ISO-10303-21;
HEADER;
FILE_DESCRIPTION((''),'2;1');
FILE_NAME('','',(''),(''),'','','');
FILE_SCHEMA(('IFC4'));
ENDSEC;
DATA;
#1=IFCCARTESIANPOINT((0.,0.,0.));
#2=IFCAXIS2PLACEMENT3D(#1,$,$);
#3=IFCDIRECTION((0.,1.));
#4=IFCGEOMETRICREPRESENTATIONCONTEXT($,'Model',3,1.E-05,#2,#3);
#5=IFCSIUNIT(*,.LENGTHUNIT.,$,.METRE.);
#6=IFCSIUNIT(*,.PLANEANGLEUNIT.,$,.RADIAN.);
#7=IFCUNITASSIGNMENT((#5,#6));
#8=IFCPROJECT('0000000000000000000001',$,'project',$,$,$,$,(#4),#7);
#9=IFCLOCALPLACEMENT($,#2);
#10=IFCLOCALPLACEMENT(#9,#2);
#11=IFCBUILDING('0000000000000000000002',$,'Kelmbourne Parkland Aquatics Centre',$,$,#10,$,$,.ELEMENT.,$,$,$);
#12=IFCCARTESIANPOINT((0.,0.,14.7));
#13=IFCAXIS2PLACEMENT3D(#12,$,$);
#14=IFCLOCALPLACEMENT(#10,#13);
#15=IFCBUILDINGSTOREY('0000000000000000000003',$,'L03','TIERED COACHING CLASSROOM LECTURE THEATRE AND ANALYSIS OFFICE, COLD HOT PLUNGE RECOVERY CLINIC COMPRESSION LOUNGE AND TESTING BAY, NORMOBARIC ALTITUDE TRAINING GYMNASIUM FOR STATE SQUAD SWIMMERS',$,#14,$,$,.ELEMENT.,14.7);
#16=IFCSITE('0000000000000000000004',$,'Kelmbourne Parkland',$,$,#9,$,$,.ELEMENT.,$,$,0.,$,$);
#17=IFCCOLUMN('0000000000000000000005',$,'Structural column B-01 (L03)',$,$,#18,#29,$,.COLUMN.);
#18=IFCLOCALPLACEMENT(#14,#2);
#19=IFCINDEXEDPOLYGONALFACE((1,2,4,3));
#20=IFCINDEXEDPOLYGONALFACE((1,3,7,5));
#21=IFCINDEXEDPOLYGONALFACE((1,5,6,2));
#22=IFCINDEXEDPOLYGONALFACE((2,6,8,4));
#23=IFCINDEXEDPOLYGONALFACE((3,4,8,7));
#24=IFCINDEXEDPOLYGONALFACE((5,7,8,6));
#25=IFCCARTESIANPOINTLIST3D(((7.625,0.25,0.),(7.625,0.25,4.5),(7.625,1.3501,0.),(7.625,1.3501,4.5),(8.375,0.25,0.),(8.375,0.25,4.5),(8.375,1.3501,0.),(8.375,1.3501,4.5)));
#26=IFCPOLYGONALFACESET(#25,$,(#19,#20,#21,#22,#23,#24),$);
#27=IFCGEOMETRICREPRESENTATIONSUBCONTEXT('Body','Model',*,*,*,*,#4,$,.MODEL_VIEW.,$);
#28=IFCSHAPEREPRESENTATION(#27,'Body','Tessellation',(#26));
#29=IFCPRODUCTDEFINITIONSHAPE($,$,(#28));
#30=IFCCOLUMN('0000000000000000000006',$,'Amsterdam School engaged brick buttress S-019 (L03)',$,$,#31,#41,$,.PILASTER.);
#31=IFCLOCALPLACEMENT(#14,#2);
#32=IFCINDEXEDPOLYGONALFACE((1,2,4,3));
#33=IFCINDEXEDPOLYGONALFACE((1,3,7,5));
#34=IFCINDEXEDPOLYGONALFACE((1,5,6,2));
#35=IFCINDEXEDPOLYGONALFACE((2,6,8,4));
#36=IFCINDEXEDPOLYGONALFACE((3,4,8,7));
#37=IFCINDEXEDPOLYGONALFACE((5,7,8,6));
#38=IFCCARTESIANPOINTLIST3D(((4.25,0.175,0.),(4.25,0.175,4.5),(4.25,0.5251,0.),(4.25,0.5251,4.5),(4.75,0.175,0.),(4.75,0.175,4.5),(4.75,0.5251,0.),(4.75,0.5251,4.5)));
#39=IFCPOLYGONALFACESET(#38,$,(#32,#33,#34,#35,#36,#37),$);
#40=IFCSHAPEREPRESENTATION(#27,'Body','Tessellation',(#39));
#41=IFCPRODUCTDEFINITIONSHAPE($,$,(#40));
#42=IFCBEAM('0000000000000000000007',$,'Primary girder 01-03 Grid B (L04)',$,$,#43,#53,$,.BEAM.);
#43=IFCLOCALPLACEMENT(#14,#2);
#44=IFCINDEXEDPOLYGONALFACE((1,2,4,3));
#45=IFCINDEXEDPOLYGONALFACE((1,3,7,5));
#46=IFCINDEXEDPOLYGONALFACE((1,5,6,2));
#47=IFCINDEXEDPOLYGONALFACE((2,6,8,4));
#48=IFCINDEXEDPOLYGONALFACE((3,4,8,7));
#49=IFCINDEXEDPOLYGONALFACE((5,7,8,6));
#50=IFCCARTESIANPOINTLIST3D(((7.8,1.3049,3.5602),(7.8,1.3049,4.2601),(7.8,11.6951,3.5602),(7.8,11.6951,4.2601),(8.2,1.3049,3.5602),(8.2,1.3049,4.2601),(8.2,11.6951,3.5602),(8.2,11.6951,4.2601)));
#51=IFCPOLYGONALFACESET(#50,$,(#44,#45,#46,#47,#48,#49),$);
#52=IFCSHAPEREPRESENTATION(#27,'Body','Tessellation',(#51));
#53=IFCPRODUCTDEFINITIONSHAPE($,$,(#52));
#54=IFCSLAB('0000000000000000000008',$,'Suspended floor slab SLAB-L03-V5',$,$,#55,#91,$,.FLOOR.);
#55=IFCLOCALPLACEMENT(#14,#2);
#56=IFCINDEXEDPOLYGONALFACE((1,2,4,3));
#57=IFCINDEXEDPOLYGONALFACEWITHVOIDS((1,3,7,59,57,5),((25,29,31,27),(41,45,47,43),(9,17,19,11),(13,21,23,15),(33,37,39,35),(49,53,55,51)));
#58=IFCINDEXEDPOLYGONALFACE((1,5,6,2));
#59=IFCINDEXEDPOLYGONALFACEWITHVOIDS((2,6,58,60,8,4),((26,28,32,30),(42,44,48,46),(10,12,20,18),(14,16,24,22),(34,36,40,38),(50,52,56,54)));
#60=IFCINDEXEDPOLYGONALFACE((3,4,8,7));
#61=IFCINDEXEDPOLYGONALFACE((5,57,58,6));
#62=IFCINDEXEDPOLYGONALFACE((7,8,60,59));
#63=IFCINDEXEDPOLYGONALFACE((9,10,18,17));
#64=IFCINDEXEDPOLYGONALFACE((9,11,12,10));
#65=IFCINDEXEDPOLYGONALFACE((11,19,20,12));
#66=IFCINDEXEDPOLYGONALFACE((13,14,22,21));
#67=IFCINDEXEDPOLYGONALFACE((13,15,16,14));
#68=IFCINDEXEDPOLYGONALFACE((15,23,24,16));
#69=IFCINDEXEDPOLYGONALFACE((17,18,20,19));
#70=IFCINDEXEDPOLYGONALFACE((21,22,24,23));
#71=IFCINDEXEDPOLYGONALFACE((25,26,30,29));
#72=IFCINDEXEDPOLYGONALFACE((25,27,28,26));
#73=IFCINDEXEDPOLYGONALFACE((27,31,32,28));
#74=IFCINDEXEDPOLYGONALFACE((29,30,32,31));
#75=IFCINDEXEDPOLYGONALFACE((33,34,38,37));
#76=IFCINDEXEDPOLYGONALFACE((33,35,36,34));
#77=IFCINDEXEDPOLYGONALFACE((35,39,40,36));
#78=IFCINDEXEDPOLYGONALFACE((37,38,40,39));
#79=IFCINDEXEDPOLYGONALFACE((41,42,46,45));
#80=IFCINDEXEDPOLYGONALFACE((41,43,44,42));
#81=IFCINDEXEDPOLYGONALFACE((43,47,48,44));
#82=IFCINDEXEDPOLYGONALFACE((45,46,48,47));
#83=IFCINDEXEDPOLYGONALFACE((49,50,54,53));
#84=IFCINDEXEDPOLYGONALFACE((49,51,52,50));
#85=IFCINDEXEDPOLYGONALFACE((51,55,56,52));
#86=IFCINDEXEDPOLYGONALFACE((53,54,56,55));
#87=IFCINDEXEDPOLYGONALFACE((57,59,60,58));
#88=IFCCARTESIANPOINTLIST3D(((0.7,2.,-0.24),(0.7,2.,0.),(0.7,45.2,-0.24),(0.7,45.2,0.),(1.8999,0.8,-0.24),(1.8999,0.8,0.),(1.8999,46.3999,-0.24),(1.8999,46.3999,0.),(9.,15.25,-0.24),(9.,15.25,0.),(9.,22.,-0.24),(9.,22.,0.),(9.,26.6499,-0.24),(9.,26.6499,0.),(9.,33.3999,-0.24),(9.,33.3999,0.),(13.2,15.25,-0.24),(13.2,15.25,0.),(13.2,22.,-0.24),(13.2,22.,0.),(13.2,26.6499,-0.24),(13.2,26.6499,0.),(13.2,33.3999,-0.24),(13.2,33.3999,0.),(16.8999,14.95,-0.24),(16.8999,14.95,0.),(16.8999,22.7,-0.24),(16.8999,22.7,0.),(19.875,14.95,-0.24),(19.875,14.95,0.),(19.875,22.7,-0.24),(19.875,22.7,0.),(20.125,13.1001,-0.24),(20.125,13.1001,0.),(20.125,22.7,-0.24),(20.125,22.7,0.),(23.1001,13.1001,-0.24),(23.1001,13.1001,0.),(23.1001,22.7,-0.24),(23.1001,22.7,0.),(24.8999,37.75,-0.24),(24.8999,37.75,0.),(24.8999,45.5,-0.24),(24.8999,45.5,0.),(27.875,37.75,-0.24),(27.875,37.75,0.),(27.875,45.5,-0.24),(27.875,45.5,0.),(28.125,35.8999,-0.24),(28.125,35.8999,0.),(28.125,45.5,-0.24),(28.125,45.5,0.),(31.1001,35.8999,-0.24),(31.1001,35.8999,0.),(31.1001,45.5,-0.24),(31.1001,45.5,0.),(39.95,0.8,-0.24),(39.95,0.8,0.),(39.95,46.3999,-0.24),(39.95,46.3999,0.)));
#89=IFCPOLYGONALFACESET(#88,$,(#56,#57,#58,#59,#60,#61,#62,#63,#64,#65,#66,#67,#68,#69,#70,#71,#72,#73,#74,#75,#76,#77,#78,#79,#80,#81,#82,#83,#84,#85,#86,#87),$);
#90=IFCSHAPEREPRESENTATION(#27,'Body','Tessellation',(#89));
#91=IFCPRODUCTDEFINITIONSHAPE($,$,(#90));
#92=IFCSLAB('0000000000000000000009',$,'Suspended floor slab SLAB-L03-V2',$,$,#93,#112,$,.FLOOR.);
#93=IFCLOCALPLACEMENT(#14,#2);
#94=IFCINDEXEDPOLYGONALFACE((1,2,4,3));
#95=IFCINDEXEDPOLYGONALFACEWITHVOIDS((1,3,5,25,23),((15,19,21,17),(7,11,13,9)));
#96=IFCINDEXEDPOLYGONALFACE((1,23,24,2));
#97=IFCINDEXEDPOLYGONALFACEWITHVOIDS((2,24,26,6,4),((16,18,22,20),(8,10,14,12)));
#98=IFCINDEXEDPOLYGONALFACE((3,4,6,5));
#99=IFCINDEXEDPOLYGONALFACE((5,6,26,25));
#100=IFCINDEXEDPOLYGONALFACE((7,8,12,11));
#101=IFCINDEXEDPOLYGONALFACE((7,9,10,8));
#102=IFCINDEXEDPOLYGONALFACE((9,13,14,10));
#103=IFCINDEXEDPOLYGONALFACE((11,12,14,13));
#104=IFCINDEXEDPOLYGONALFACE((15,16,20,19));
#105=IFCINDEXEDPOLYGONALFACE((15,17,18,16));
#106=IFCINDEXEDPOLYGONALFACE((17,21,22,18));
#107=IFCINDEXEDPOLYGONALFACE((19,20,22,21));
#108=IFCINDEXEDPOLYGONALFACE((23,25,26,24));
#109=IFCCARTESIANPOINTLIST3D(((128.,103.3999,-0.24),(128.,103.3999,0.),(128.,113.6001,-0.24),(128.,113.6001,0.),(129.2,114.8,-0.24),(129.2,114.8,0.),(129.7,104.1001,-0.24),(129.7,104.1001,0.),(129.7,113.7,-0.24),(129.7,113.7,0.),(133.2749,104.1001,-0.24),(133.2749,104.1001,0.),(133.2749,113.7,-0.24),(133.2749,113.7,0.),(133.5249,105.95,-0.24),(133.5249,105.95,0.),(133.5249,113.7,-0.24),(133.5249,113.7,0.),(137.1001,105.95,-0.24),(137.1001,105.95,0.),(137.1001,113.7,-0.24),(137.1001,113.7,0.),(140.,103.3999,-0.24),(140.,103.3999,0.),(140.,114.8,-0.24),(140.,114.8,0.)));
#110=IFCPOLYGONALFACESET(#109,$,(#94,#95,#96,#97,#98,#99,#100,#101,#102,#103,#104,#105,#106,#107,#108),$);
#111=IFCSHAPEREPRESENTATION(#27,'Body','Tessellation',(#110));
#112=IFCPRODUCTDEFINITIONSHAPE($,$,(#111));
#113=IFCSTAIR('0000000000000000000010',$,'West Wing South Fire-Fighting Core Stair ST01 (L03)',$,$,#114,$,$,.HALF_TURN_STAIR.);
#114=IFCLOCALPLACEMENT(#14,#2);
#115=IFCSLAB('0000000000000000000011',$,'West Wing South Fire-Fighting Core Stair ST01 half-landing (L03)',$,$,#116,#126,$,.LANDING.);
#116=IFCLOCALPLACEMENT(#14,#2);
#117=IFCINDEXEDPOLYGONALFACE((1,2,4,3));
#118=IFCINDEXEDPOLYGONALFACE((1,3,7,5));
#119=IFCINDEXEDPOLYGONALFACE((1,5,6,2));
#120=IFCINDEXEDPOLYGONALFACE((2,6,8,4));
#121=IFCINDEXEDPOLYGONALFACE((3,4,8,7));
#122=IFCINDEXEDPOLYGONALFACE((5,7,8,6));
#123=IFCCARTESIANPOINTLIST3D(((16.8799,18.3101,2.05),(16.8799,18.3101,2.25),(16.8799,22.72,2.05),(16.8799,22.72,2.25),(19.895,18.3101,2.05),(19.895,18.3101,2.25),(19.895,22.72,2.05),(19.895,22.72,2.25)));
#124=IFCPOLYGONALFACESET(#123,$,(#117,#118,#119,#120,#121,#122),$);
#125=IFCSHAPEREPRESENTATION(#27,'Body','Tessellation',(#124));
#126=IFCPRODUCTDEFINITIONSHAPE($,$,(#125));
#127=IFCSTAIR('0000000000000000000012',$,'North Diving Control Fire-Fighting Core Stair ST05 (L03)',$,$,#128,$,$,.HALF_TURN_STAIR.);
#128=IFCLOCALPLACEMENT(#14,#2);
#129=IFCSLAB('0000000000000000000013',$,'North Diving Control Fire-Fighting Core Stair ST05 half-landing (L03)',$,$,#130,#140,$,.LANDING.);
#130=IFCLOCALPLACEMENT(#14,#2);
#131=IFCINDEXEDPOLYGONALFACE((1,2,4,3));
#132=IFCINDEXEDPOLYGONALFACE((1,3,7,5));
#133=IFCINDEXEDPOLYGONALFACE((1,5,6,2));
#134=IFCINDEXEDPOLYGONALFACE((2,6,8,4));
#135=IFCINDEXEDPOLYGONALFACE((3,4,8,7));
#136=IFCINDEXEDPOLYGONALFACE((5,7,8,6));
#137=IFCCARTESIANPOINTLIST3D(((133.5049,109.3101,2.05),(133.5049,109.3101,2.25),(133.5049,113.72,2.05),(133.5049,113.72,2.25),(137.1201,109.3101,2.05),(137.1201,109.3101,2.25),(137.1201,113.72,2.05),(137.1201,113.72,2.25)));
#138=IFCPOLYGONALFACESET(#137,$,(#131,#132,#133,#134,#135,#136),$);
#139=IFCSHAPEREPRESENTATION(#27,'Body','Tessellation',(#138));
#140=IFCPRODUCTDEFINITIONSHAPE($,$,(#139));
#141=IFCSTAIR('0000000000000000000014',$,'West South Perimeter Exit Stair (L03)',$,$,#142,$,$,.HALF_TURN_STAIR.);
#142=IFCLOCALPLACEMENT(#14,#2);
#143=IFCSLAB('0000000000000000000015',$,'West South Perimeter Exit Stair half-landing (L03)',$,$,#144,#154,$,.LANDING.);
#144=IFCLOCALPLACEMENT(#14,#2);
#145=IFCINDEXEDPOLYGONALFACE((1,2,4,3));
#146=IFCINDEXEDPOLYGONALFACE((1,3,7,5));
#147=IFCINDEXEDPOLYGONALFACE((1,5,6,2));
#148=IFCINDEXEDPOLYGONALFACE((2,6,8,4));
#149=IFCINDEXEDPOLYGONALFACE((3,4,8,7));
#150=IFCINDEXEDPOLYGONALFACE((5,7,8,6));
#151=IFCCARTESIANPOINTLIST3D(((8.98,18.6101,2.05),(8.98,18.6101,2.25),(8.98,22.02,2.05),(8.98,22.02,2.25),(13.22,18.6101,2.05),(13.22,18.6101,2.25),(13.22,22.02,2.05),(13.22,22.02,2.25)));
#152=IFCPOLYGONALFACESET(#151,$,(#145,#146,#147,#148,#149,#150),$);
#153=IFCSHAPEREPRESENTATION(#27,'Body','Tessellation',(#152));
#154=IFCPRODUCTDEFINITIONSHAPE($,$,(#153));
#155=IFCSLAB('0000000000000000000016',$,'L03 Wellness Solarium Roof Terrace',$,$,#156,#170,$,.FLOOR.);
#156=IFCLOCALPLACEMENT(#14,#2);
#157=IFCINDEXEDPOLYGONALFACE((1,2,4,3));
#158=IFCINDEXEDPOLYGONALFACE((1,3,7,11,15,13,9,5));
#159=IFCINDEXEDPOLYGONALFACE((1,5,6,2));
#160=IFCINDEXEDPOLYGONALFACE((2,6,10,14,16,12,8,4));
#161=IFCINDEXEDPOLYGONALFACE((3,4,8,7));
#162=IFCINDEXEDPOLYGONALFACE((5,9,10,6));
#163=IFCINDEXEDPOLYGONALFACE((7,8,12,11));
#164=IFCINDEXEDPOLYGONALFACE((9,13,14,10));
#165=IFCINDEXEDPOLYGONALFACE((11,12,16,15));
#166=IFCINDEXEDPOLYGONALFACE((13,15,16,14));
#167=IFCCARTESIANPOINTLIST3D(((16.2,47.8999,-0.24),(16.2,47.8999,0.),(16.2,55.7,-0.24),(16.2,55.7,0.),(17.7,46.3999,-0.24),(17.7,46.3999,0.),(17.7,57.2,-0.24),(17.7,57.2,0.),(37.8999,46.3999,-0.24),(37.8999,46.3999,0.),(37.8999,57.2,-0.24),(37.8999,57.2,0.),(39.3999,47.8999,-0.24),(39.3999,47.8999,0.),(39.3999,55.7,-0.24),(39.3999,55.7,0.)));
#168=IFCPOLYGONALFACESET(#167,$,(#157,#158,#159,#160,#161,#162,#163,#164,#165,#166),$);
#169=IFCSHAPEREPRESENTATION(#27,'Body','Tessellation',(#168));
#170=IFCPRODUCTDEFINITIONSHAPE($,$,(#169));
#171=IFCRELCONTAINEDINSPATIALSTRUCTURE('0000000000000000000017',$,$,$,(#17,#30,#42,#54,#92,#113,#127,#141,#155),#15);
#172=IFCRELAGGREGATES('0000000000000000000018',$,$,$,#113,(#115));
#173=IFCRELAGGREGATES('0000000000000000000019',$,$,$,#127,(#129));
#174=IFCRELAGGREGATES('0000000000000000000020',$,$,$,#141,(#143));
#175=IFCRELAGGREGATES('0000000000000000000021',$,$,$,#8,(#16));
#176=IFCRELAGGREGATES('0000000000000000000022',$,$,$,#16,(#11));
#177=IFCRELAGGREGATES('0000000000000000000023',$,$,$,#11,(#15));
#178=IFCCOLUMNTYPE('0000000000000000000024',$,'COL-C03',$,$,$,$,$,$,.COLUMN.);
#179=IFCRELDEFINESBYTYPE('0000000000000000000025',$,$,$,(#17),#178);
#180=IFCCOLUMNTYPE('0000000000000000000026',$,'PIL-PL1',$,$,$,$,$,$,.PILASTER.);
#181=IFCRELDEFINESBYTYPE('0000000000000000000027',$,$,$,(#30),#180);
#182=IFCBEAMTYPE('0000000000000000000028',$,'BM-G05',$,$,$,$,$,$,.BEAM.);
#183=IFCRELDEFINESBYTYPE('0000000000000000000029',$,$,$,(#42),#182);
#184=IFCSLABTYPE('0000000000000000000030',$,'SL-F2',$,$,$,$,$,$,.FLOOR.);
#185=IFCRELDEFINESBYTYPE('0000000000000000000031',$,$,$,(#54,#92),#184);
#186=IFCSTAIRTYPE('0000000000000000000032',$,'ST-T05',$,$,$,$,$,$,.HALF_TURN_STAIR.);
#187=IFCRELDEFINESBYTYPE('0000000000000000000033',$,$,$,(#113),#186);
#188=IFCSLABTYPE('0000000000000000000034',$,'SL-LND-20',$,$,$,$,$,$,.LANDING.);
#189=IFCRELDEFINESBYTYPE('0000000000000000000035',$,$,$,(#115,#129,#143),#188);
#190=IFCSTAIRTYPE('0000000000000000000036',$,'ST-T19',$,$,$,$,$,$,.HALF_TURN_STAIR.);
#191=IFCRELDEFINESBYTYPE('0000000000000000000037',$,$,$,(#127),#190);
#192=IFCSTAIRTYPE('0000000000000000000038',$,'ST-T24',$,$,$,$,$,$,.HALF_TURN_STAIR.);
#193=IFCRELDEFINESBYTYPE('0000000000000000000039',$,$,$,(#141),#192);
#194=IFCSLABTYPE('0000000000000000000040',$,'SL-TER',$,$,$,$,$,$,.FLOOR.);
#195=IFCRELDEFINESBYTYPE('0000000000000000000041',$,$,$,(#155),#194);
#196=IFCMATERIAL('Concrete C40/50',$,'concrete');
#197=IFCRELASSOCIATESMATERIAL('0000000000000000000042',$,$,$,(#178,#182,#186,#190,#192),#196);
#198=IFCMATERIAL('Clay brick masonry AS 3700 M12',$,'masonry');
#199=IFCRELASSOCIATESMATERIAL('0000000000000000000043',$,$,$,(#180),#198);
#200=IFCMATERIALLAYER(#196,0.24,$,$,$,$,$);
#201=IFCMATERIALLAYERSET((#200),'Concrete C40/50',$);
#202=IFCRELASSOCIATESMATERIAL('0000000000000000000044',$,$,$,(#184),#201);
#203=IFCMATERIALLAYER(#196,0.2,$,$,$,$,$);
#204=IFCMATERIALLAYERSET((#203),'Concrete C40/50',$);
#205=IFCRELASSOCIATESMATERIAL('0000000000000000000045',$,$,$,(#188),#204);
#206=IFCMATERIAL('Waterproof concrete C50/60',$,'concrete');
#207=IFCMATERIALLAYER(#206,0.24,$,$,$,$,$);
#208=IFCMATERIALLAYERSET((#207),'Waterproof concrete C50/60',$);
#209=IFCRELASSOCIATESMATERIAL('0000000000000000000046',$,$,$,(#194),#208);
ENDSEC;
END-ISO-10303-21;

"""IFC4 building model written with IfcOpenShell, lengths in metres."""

from ifc_helpers import new_model, si_unit, direction, frame, origin, origin_2d, place, context, subcontext, project, spatial, polyline, rectangle, outline, extrude, material, layer, layer_set, material_profile, profile_set, type_object, element, aggregate, save


model = new_model("IFC4")

# Units and contexts
model_context = context("Model", 3, precision=1e-05, world=origin(), true_north=direction((0.0, 1.0)))
body_context = subcontext(model_context, "Body", "Model", "MODEL_VIEW")
ifc_project = project(units=[si_unit("LENGTHUNIT", "METRE"), si_unit("PLANEANGLEUNIT", "RADIAN")], contexts=[model_context])

# Site, building, storey
site_placement = place(None, origin())
site = spatial("IfcSite", under=ifc_project, at=site_placement, Name="Kelmbourne Parkland", CompositionType="ELEMENT", RefElevation=0.0)
building_placement = place(site_placement, origin())
building = spatial("IfcBuilding", under=site, at=building_placement, Name="Kelmbourne Parkland Aquatics Centre", CompositionType="ELEMENT")
storey_placement = place(building_placement, frame((0.0, 0.0, 14.7)))
storey = spatial("IfcBuildingStorey", under=building, at=storey_placement, Name="L03", Description="TIERED COACHING CLASSROOM LECTURE THEATRE AND ANALYSIS OFFICE, COLD HOT PLUNGE RECOVERY CLINIC COMPRESSION LOUNGE AND TESTING BAY, NORMOBARIC ALTITUDE TRAINING GYMNASIUM FOR STATE SQUAD SWIMMERS", CompositionType="ELEMENT", Elevation=14.7)

# Columns
ifc_material_1 = material(Name="Concrete C40/50", Category="concrete")
ifc_material_profile_1 = material_profile(ifc_material_1, rectangle(XDim=0.75, YDim=1.1001, at=origin_2d()), Name="RC 750x1100")
ifc_profile_set_1 = profile_set([ifc_material_profile_1], Name="Concrete C40/50")
column_type_1 = type_object("IfcColumnType", Name="COL-C03", PredefinedType="COLUMN", material=ifc_profile_set_1)
column_1_placement = place(storey_placement, frame((8.0, 0.8, 0.0), z_axis=(0.0, 0.0, 1.0), x_axis=(1.0, 0.0, 0.0)))
element("IfcColumn", 1, at=column_1_placement, inside=storey, type_object=column_type_1, Name="Structural column B-01 (L03)", PredefinedType="COLUMN", context=body_context, shape_type="SweptSolid", body=[
    extrude(rectangle(XDim=0.75, YDim=1.1001, at=origin_2d()), origin(), (0.0, 0.0, 1.0), 4.5),
])
ifc_material_2 = material(Name="Clay brick masonry AS 3700 M12", Category="masonry")
ifc_material_profile_2 = material_profile(ifc_material_2, rectangle(XDim=0.3501, YDim=0.5, at=origin_2d()), Name="PIL 350x500")
ifc_profile_set_2 = profile_set([ifc_material_profile_2], Name="Clay brick masonry AS 3700 M12")
column_type_2 = type_object("IfcColumnType", Name="PIL-PL1", PredefinedType="PILASTER", material=ifc_profile_set_2)
column_2_placement = place(storey_placement, frame((4.5, 0.3501, 0.0), z_axis=(0.0, 0.0, 1.0), x_axis=(0.0, 1.0, 0.0)))
element("IfcColumn", 2, at=column_2_placement, inside=storey, type_object=column_type_2, Name="Amsterdam School engaged brick buttress S-019 (L03)", PredefinedType="PILASTER", context=body_context, shape_type="SweptSolid", body=[
    extrude(rectangle(XDim=0.3501, YDim=0.5, at=origin_2d()), origin(), (0.0, 0.0, 1.0), 4.5),
])

# Beam
ifc_material_profile_3 = material_profile(ifc_material_1, rectangle(XDim=0.3999, YDim=0.7, at=origin_2d()), Name="RC 400x700")
ifc_profile_set_3 = profile_set([ifc_material_profile_3], Name="Concrete C40/50")
beam_type = type_object("IfcBeamType", Name="BM-G05", PredefinedType="BEAM", material=ifc_profile_set_3)
beam_placement = place(storey_placement, frame((8.0, 1.3049, 3.9102), z_axis=(0.0, 1.0, 0.0), x_axis=(-1.0, 0.0, 0.0)))
element("IfcBeam", 3, at=beam_placement, inside=storey, type_object=beam_type, Name="Primary girder 01-03 Grid B (L04)", PredefinedType="BEAM", context=body_context, shape_type="SweptSolid", body=[
    extrude(rectangle(XDim=0.3999, YDim=0.7, at=origin_2d()), origin(), (0.0, 0.0, 1.0), 10.3901),
])

# Slabs
ifc_layer_1 = layer(ifc_material_1, 0.24)
ifc_layer_set_1 = layer_set([ifc_layer_1], Name="Concrete C40/50")
slab_type_1 = type_object("IfcSlabType", Name="SL-F2", PredefinedType="FLOOR", material=ifc_layer_set_1)
slab_1_placement = place(storey_placement, frame((0.0, 0.0, -0.24)))
element("IfcSlab", 4, at=slab_1_placement, inside=storey, type_object=slab_type_1, Name="Suspended floor slab SLAB-L03-V5", PredefinedType="FLOOR", context=body_context, shape_type="SweptSolid", body=[
    extrude(outline(polyline([(39.95, 0.8), (39.95, 46.3999), (1.8999, 46.3999), (0.7, 45.2), (0.7, 2.0), (1.8999, 0.8), (39.95, 0.8)]), holes=[polyline([(20.125, 22.7), (23.1001, 22.7), (23.1001, 13.1001), (20.125, 13.1001), (20.125, 22.7)]), polyline([(13.2, 22.0), (13.2, 15.25), (9.0, 15.25), (9.0, 22.0), (13.2, 22.0)]), polyline([(19.875, 22.7), (19.875, 14.95), (16.8999, 14.95), (16.8999, 22.7), (19.875, 22.7)]), polyline([(9.0, 33.3999), (13.2, 33.3999), (13.2, 26.6499), (9.0, 26.6499), (9.0, 33.3999)]), polyline([(31.1001, 45.5), (31.1001, 35.8999), (28.125, 35.8999), (28.125, 45.5), (31.1001, 45.5)]), polyline([(27.875, 45.5), (27.875, 37.75), (24.8999, 37.75), (24.8999, 45.5), (27.875, 45.5)])]), origin(), (0.0, 0.0, 1.0), 0.24),
])
slab_2_placement = place(storey_placement, frame((0.0, 0.0, -0.24)))
element("IfcSlab", 5, at=slab_2_placement, inside=storey, type_object=slab_type_1, Name="Suspended floor slab SLAB-L03-V2", PredefinedType="FLOOR", context=body_context, shape_type="SweptSolid", body=[
    extrude(outline(polyline([(128.0, 103.3999), (140.0, 103.3999), (140.0, 114.8), (129.2, 114.8), (128.0, 113.6001), (128.0, 103.3999)]), holes=[polyline([(129.7, 104.1001), (129.7, 113.7), (133.2749, 113.7), (133.2749, 104.1001), (129.7, 104.1001)]), polyline([(133.5249, 105.95), (133.5249, 113.7), (137.1001, 113.7), (137.1001, 105.95), (133.5249, 105.95)])]), origin(), (0.0, 0.0, 1.0), 0.24),
])

# Stairs, slabs
stair_type_1 = type_object("IfcStairType", Name="ST-T05", PredefinedType="HALF_TURN_STAIR", material=ifc_material_1)
stair_1_placement = place(storey_placement, origin())
stair_1 = element("IfcStair", 6, at=stair_1_placement, inside=storey, type_object=stair_type_1, Name="West Wing South Fire-Fighting Core Stair ST01 (L03)", PredefinedType="HALF_TURN_STAIR")
ifc_layer_2 = layer(ifc_material_1, 0.2)
ifc_layer_set_2 = layer_set([ifc_layer_2], Name="Concrete C40/50")
slab_type_2 = type_object("IfcSlabType", Name="SL-LND-20", PredefinedType="LANDING", material=ifc_layer_set_2)
slab_3_placement = place(storey_placement, frame((0.0, 0.0, 2.05)))
slab_3 = element("IfcSlab", 7, at=slab_3_placement, type_object=slab_type_2, Name="West Wing South Fire-Fighting Core Stair ST01 half-landing (L03)", PredefinedType="LANDING", context=body_context, shape_type="SweptSolid", body=[
    extrude(outline(polyline([(16.8799, 18.3101), (19.895, 18.3101), (19.895, 22.72), (16.8799, 22.72), (16.8799, 18.3101)])), origin(), (0.0, 0.0, 1.0), 0.2),
])
aggregate(stair_1, [slab_3])
stair_type_2 = type_object("IfcStairType", Name="ST-T19", PredefinedType="HALF_TURN_STAIR", material=ifc_material_1)
stair_2_placement = place(storey_placement, origin())
stair_2 = element("IfcStair", 8, at=stair_2_placement, inside=storey, type_object=stair_type_2, Name="North Diving Control Fire-Fighting Core Stair ST05 (L03)", PredefinedType="HALF_TURN_STAIR")
slab_4_placement = place(storey_placement, frame((0.0, 0.0, 2.05)))
slab_4 = element("IfcSlab", 9, at=slab_4_placement, type_object=slab_type_2, Name="North Diving Control Fire-Fighting Core Stair ST05 half-landing (L03)", PredefinedType="LANDING", context=body_context, shape_type="SweptSolid", body=[
    extrude(outline(polyline([(133.5049, 109.3101), (137.1201, 109.3101), (137.1201, 113.72), (133.5049, 113.72), (133.5049, 109.3101)])), origin(), (0.0, 0.0, 1.0), 0.2),
])
aggregate(stair_2, [slab_4])
stair_type_3 = type_object("IfcStairType", Name="ST-T24", PredefinedType="HALF_TURN_STAIR", material=ifc_material_1)
stair_3_placement = place(storey_placement, origin())
stair_3 = element("IfcStair", 10, at=stair_3_placement, inside=storey, type_object=stair_type_3, Name="West South Perimeter Exit Stair (L03)", PredefinedType="HALF_TURN_STAIR")
slab_5_placement = place(storey_placement, frame((0.0, 0.0, 2.05)))
slab_5 = element("IfcSlab", 11, at=slab_5_placement, type_object=slab_type_2, Name="West South Perimeter Exit Stair half-landing (L03)", PredefinedType="LANDING", context=body_context, shape_type="SweptSolid", body=[
    extrude(outline(polyline([(8.98, 18.6101), (13.22, 18.6101), (13.22, 22.02), (8.98, 22.02), (8.98, 18.6101)])), origin(), (0.0, 0.0, 1.0), 0.2),
])
aggregate(stair_3, [slab_5])

# Slab
ifc_material_3 = material(Name="Waterproof concrete C50/60", Category="concrete")
ifc_layer_3 = layer(ifc_material_3, 0.24)
ifc_layer_set_3 = layer_set([ifc_layer_3], Name="Waterproof concrete C50/60")
slab_type_3 = type_object("IfcSlabType", Name="SL-TER", PredefinedType="FLOOR", material=ifc_layer_set_3)
slab_6_placement = place(storey_placement, frame((0.0, 0.0, -0.24)))
element("IfcSlab", 12, at=slab_6_placement, inside=storey, type_object=slab_type_3, Name="L03 Wellness Solarium Roof Terrace", PredefinedType="FLOOR", context=body_context, shape_type="SweptSolid", body=[
    extrude(outline(polyline([(17.7, 46.3999), (37.8999, 46.3999), (39.3999, 47.8999), (39.3999, 55.7), (37.8999, 57.2), (17.7, 57.2), (16.2, 55.7), (16.2, 47.8999), (17.7, 46.3999)])), origin(), (0.0, 0.0, 1.0), 0.24),
])

save(model, "model.ifc")
